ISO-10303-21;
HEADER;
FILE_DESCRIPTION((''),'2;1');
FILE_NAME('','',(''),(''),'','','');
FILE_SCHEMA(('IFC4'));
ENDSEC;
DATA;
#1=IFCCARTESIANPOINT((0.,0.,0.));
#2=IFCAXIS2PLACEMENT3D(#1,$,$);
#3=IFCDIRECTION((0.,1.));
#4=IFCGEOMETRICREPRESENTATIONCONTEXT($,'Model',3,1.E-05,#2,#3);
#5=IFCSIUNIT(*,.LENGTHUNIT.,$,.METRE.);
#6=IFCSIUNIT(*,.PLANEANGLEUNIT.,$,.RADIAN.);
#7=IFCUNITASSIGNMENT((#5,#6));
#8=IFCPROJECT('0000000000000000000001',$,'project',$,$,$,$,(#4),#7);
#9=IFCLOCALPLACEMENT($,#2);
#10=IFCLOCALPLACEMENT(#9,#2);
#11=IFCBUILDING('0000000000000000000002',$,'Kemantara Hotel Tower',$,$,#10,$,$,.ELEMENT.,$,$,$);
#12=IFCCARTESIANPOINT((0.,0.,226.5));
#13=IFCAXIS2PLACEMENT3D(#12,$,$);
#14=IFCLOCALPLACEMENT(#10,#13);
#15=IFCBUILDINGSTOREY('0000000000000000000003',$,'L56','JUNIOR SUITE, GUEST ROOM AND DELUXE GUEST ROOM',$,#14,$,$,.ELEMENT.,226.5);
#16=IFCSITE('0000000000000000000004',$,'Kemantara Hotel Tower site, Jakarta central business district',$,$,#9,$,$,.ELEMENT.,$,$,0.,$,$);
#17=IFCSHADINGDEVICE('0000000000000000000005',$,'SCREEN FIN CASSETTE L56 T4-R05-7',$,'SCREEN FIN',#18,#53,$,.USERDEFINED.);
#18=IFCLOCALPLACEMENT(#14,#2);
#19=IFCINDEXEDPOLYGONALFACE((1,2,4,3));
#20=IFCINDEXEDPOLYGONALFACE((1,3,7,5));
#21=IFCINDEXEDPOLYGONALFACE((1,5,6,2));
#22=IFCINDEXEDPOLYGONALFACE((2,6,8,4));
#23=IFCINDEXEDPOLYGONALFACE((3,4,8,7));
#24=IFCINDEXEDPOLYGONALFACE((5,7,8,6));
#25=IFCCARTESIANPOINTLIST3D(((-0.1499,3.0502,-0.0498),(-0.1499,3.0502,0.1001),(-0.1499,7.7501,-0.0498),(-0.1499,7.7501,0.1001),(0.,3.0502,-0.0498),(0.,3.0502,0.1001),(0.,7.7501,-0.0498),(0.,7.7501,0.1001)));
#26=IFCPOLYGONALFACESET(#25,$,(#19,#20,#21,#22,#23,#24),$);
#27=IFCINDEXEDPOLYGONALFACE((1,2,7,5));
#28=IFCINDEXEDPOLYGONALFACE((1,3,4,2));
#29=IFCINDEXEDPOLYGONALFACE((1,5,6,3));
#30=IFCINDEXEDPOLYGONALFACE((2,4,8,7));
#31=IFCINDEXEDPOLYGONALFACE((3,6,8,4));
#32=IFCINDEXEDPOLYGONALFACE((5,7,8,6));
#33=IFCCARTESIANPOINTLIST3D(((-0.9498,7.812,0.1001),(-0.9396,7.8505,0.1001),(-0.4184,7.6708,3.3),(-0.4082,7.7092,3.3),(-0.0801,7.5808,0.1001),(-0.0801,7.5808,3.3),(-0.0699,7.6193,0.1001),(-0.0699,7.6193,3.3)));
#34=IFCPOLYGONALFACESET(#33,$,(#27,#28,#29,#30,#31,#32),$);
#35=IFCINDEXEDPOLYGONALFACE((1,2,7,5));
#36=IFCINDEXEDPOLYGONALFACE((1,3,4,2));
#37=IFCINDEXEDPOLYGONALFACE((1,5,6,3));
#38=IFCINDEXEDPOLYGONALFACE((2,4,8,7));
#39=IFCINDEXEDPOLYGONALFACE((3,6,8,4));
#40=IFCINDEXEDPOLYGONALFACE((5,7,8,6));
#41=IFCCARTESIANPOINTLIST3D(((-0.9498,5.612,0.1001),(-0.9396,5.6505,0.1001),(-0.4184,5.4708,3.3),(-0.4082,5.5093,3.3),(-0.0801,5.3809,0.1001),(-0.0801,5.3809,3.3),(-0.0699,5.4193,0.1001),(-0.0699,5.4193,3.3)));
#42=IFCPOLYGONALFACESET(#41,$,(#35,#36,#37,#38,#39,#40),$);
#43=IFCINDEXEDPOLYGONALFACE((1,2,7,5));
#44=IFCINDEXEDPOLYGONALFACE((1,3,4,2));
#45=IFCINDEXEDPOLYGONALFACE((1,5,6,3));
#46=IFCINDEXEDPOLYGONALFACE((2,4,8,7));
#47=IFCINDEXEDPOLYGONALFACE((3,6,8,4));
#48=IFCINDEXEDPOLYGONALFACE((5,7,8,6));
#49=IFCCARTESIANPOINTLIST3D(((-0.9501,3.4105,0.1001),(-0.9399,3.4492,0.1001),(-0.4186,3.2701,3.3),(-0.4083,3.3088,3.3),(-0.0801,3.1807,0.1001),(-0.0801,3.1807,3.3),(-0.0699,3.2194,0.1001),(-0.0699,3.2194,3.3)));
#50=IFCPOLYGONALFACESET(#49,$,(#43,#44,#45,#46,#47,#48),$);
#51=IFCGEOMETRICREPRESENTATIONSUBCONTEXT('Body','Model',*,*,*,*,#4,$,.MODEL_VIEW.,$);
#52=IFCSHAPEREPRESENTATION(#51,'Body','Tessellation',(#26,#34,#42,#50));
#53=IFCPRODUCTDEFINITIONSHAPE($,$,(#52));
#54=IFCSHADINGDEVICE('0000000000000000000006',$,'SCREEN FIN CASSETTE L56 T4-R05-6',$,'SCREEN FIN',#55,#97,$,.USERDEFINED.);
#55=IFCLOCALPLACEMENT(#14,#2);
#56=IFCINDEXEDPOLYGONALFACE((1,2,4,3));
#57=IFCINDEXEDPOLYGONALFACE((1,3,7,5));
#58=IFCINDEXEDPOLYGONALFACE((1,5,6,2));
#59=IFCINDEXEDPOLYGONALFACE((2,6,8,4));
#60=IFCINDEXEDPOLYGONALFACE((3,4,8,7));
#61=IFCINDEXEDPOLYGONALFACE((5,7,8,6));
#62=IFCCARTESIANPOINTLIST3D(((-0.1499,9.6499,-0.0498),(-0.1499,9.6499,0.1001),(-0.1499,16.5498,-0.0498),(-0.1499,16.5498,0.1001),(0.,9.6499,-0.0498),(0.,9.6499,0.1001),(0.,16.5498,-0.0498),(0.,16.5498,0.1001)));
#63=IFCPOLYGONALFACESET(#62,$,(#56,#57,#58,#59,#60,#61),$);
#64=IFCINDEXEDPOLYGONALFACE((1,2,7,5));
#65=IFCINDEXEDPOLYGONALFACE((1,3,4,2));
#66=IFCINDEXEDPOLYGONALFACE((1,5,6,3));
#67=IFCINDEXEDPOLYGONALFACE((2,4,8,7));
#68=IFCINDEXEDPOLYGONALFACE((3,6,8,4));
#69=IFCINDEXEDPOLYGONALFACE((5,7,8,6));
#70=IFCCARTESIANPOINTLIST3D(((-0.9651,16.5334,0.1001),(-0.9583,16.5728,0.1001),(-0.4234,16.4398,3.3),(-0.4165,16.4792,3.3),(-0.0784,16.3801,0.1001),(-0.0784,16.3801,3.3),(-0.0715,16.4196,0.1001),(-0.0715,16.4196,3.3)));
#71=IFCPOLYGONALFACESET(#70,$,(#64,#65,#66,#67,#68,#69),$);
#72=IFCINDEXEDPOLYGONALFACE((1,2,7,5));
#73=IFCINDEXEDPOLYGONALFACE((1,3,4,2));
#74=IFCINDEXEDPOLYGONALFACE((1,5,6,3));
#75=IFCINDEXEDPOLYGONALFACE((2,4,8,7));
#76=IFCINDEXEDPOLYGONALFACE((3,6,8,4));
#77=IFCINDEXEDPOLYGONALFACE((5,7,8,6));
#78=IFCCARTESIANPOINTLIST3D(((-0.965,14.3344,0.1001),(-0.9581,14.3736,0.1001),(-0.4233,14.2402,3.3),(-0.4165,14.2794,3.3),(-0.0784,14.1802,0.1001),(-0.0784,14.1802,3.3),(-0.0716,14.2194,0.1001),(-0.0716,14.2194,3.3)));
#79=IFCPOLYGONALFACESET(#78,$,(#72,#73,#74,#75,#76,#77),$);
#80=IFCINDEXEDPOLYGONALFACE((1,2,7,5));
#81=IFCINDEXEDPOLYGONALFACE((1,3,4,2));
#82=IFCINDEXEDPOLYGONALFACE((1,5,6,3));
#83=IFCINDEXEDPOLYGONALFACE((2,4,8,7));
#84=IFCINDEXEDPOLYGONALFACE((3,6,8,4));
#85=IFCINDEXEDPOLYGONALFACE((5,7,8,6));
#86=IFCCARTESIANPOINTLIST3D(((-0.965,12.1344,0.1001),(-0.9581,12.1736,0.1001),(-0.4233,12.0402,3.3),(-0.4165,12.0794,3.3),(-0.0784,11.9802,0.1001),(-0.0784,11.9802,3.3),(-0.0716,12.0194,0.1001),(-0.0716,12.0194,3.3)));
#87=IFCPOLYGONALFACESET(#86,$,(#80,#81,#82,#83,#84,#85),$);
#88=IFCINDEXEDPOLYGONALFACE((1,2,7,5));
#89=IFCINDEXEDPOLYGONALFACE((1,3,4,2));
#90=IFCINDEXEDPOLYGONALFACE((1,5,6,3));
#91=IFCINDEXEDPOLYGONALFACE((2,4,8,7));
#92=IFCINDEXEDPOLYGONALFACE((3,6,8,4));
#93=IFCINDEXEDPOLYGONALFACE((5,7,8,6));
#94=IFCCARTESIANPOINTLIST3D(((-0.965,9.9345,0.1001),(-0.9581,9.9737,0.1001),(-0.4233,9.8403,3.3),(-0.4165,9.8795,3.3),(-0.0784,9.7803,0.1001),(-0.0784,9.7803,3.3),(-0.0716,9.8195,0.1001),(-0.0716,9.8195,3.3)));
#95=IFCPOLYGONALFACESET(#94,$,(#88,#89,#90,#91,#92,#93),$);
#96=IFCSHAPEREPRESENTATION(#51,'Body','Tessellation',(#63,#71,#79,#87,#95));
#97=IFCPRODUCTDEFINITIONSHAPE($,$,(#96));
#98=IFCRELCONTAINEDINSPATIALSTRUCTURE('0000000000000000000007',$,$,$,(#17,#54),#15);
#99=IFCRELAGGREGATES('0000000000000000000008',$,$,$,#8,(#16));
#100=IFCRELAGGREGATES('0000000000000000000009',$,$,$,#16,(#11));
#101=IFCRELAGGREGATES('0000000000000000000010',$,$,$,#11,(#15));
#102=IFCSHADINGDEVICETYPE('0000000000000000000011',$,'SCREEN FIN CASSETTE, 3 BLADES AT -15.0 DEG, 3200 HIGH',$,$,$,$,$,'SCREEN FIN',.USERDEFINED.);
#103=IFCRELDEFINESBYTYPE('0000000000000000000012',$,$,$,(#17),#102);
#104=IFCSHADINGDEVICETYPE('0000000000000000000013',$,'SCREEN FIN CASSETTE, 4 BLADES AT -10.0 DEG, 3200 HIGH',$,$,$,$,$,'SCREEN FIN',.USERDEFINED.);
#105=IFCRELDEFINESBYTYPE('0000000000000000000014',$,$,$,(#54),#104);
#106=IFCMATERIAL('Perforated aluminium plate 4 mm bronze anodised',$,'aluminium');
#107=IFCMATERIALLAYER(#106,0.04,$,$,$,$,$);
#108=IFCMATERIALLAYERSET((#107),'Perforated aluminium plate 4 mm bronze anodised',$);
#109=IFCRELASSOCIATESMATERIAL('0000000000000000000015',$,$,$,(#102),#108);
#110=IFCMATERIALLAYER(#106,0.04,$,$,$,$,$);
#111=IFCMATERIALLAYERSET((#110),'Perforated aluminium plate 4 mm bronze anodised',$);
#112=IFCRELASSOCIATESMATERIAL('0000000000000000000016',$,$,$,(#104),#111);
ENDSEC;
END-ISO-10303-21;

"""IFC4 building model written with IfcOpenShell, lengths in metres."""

from ifc_helpers import new_model, si_unit, direction, frame, origin, origin_2d, place, context, subcontext, project, spatial, polyline, rectangle, outline, extrude, source, transform, mapped, material, layer, layer_set, type_object, element, save


model = new_model("IFC4")

# Units and contexts
model_context = context("Model", 3, precision=1e-05, world=origin(), true_north=direction((0.0, 1.0)))
body_context = subcontext(model_context, "Body", "Model", "MODEL_VIEW")
ifc_project = project(units=[si_unit("LENGTHUNIT", "METRE"), si_unit("PLANEANGLEUNIT", "RADIAN")], contexts=[model_context])

# Site, building, storey
site_placement = place(None, origin())
site = spatial("IfcSite", under=ifc_project, at=site_placement, Name="Kemantara Hotel Tower site, Jakarta central business district", CompositionType="ELEMENT", RefElevation=0.0)
building_placement = place(site_placement, origin())
building = spatial("IfcBuilding", under=site, at=building_placement, Name="Kemantara Hotel Tower", CompositionType="ELEMENT")
storey_placement = place(building_placement, frame((0.0, 0.0, 226.5)))
storey = spatial("IfcBuildingStorey", under=building, at=storey_placement, Name="L56", Description="JUNIOR SUITE, GUEST ROOM AND DELUXE GUEST ROOM", CompositionType="ELEMENT", Elevation=226.5)

# Shading devices
ifc_material_1 = material(Name="Perforated aluminium plate 4 mm bronze anodised", Category="aluminium")
ifc_layer_1 = layer(ifc_material_1, 0.04)
ifc_layer_set_1 = layer_set([ifc_layer_1], Name="Perforated aluminium plate 4 mm bronze anodised")
shading_device_type_1 = type_object("IfcShadingDeviceType", Name="SCREEN FIN CASSETTE, 3 BLADES AT -15.0 DEG, 3200 HIGH", ElementType="SCREEN FIN", PredefinedType="USERDEFINED", material=ifc_layer_set_1)
shared_shape_1 = source(origin(), body_context, "Body", "SweptSolid", [
    extrude(rectangle(XDim=4.7, YDim=0.1499, at=origin_2d()), frame((2.2, -0.075, -0.1499), z_axis=(0.0, 0.0, 1.0), x_axis=(1.0, 0.0, 0.0)), (0.0, 0.0, 1.0), 0.1499),
    extrude(outline(polyline([(0.0, 0.0), (0.8999, 0.0), (0.3501, 3.2), (0.0, 3.2), (0.0, 0.0)])), frame((0.0193, -0.0801, 0.0), z_axis=(-0.966438, 0.256901, 0.0), x_axis=(-0.256901, -0.966438, 0.0)), (0.0, 0.0, 1.0), 0.0398),
    extrude(outline(polyline([(0.0, 0.0), (0.8999, 0.0), (0.3501, 3.2), (0.0, 3.2), (0.0, 0.0)])), frame((2.2192, -0.0801, 0.0), z_axis=(-0.966438, 0.256901, 0.0), x_axis=(-0.256901, -0.966438, 0.0)), (0.0, 0.0, 1.0), 0.0398),
    extrude(outline(polyline([(0.0, 0.0), (0.8999, 0.0), (0.3501, 3.2), (0.0, 3.2), (0.0, 0.0)])), frame((4.4194, -0.0801, 0.0), z_axis=(-0.966838, 0.255391, 0.0), x_axis=(-0.255391, -0.966838, 0.0)), (0.0, 0.0, 1.0), 0.04),
])
shading_device_1_placement = place(storey_placement, frame((0.0, 7.6001, 0.1001), z_axis=(0.0, 0.0, 1.0), x_axis=(0.0, -1.0, 0.0)))
element("IfcShadingDevice", 1, at=shading_device_1_placement, inside=storey, type_object=shading_device_type_1, Name="SCREEN FIN CASSETTE L56 T4-R05-7", ObjectType="SCREEN FIN", PredefinedType="USERDEFINED", context=body_context, shape_type="MappedRepresentation", body=[
    mapped(shared_shape_1, transform((0.0, 0.0, 0.0))),
])
ifc_layer_2 = layer(ifc_material_1, 0.04)
ifc_layer_set_2 = layer_set([ifc_layer_2], Name="Perforated aluminium plate 4 mm bronze anodised")
shading_device_type_2 = type_object("IfcShadingDeviceType", Name="SCREEN FIN CASSETTE, 4 BLADES AT -10.0 DEG, 3200 HIGH", ElementType="SCREEN FIN", PredefinedType="USERDEFINED", material=ifc_layer_set_2)
shared_shape_2 = source(origin(), body_context, "Body", "SweptSolid", [
    extrude(rectangle(XDim=6.8999, YDim=0.1499, at=origin_2d()), frame((3.3, -0.075, -0.1499), z_axis=(0.0, 0.0, 1.0), x_axis=(1.0, 0.0, 0.0)), (0.0, 0.0, 1.0), 0.1499),
    extrude(outline(polyline([(0.0, 0.0), (0.8999, 0.0), (0.3501, 3.2), (0.0, 3.2), (0.0, 0.0)])), frame((0.0198, -0.0784, 0.0), z_axis=(-0.98539, 0.170314, 0.0), x_axis=(-0.170314, -0.98539, 0.0)), (0.0, 0.0, 1.0), 0.04),
    extrude(outline(polyline([(0.0, 0.0), (0.8999, 0.0), (0.3501, 3.2), (0.0, 3.2), (0.0, 0.0)])), frame((2.2197, -0.0784, 0.0), z_axis=(-0.985212, 0.171341, 0.0), x_axis=(-0.171341, -0.985212, 0.0)), (0.0, 0.0, 1.0), 0.0398),
    extrude(outline(polyline([(0.0, 0.0), (0.8999, 0.0), (0.3501, 3.2), (0.0, 3.2), (0.0, 0.0)])), frame((4.4197, -0.0784, 0.0), z_axis=(-0.985212, 0.171341, 0.0), x_axis=(-0.171341, -0.985212, 0.0)), (0.0, 0.0, 1.0), 0.0398),
    extrude(outline(polyline([(0.0, 0.0), (0.8999, 0.0), (0.3501, 3.2), (0.0, 3.2), (0.0, 0.0)])), frame((6.6196, -0.0784, 0.0), z_axis=(-0.985212, 0.171341, 0.0), x_axis=(-0.171341, -0.985212, 0.0)), (0.0, 0.0, 1.0), 0.0398),
])
shading_device_2_placement = place(storey_placement, frame((0.0, 16.3999, 0.1001), z_axis=(0.0, 0.0, 1.0), x_axis=(0.0, -1.0, 0.0)))
element("IfcShadingDevice", 2, at=shading_device_2_placement, inside=storey, type_object=shading_device_type_2, Name="SCREEN FIN CASSETTE L56 T4-R05-6", ObjectType="SCREEN FIN", PredefinedType="USERDEFINED", context=body_context, shape_type="MappedRepresentation", body=[
    mapped(shared_shape_2, transform((0.0, 0.0, 0.0))),
])

save(model, "model.ifc")
